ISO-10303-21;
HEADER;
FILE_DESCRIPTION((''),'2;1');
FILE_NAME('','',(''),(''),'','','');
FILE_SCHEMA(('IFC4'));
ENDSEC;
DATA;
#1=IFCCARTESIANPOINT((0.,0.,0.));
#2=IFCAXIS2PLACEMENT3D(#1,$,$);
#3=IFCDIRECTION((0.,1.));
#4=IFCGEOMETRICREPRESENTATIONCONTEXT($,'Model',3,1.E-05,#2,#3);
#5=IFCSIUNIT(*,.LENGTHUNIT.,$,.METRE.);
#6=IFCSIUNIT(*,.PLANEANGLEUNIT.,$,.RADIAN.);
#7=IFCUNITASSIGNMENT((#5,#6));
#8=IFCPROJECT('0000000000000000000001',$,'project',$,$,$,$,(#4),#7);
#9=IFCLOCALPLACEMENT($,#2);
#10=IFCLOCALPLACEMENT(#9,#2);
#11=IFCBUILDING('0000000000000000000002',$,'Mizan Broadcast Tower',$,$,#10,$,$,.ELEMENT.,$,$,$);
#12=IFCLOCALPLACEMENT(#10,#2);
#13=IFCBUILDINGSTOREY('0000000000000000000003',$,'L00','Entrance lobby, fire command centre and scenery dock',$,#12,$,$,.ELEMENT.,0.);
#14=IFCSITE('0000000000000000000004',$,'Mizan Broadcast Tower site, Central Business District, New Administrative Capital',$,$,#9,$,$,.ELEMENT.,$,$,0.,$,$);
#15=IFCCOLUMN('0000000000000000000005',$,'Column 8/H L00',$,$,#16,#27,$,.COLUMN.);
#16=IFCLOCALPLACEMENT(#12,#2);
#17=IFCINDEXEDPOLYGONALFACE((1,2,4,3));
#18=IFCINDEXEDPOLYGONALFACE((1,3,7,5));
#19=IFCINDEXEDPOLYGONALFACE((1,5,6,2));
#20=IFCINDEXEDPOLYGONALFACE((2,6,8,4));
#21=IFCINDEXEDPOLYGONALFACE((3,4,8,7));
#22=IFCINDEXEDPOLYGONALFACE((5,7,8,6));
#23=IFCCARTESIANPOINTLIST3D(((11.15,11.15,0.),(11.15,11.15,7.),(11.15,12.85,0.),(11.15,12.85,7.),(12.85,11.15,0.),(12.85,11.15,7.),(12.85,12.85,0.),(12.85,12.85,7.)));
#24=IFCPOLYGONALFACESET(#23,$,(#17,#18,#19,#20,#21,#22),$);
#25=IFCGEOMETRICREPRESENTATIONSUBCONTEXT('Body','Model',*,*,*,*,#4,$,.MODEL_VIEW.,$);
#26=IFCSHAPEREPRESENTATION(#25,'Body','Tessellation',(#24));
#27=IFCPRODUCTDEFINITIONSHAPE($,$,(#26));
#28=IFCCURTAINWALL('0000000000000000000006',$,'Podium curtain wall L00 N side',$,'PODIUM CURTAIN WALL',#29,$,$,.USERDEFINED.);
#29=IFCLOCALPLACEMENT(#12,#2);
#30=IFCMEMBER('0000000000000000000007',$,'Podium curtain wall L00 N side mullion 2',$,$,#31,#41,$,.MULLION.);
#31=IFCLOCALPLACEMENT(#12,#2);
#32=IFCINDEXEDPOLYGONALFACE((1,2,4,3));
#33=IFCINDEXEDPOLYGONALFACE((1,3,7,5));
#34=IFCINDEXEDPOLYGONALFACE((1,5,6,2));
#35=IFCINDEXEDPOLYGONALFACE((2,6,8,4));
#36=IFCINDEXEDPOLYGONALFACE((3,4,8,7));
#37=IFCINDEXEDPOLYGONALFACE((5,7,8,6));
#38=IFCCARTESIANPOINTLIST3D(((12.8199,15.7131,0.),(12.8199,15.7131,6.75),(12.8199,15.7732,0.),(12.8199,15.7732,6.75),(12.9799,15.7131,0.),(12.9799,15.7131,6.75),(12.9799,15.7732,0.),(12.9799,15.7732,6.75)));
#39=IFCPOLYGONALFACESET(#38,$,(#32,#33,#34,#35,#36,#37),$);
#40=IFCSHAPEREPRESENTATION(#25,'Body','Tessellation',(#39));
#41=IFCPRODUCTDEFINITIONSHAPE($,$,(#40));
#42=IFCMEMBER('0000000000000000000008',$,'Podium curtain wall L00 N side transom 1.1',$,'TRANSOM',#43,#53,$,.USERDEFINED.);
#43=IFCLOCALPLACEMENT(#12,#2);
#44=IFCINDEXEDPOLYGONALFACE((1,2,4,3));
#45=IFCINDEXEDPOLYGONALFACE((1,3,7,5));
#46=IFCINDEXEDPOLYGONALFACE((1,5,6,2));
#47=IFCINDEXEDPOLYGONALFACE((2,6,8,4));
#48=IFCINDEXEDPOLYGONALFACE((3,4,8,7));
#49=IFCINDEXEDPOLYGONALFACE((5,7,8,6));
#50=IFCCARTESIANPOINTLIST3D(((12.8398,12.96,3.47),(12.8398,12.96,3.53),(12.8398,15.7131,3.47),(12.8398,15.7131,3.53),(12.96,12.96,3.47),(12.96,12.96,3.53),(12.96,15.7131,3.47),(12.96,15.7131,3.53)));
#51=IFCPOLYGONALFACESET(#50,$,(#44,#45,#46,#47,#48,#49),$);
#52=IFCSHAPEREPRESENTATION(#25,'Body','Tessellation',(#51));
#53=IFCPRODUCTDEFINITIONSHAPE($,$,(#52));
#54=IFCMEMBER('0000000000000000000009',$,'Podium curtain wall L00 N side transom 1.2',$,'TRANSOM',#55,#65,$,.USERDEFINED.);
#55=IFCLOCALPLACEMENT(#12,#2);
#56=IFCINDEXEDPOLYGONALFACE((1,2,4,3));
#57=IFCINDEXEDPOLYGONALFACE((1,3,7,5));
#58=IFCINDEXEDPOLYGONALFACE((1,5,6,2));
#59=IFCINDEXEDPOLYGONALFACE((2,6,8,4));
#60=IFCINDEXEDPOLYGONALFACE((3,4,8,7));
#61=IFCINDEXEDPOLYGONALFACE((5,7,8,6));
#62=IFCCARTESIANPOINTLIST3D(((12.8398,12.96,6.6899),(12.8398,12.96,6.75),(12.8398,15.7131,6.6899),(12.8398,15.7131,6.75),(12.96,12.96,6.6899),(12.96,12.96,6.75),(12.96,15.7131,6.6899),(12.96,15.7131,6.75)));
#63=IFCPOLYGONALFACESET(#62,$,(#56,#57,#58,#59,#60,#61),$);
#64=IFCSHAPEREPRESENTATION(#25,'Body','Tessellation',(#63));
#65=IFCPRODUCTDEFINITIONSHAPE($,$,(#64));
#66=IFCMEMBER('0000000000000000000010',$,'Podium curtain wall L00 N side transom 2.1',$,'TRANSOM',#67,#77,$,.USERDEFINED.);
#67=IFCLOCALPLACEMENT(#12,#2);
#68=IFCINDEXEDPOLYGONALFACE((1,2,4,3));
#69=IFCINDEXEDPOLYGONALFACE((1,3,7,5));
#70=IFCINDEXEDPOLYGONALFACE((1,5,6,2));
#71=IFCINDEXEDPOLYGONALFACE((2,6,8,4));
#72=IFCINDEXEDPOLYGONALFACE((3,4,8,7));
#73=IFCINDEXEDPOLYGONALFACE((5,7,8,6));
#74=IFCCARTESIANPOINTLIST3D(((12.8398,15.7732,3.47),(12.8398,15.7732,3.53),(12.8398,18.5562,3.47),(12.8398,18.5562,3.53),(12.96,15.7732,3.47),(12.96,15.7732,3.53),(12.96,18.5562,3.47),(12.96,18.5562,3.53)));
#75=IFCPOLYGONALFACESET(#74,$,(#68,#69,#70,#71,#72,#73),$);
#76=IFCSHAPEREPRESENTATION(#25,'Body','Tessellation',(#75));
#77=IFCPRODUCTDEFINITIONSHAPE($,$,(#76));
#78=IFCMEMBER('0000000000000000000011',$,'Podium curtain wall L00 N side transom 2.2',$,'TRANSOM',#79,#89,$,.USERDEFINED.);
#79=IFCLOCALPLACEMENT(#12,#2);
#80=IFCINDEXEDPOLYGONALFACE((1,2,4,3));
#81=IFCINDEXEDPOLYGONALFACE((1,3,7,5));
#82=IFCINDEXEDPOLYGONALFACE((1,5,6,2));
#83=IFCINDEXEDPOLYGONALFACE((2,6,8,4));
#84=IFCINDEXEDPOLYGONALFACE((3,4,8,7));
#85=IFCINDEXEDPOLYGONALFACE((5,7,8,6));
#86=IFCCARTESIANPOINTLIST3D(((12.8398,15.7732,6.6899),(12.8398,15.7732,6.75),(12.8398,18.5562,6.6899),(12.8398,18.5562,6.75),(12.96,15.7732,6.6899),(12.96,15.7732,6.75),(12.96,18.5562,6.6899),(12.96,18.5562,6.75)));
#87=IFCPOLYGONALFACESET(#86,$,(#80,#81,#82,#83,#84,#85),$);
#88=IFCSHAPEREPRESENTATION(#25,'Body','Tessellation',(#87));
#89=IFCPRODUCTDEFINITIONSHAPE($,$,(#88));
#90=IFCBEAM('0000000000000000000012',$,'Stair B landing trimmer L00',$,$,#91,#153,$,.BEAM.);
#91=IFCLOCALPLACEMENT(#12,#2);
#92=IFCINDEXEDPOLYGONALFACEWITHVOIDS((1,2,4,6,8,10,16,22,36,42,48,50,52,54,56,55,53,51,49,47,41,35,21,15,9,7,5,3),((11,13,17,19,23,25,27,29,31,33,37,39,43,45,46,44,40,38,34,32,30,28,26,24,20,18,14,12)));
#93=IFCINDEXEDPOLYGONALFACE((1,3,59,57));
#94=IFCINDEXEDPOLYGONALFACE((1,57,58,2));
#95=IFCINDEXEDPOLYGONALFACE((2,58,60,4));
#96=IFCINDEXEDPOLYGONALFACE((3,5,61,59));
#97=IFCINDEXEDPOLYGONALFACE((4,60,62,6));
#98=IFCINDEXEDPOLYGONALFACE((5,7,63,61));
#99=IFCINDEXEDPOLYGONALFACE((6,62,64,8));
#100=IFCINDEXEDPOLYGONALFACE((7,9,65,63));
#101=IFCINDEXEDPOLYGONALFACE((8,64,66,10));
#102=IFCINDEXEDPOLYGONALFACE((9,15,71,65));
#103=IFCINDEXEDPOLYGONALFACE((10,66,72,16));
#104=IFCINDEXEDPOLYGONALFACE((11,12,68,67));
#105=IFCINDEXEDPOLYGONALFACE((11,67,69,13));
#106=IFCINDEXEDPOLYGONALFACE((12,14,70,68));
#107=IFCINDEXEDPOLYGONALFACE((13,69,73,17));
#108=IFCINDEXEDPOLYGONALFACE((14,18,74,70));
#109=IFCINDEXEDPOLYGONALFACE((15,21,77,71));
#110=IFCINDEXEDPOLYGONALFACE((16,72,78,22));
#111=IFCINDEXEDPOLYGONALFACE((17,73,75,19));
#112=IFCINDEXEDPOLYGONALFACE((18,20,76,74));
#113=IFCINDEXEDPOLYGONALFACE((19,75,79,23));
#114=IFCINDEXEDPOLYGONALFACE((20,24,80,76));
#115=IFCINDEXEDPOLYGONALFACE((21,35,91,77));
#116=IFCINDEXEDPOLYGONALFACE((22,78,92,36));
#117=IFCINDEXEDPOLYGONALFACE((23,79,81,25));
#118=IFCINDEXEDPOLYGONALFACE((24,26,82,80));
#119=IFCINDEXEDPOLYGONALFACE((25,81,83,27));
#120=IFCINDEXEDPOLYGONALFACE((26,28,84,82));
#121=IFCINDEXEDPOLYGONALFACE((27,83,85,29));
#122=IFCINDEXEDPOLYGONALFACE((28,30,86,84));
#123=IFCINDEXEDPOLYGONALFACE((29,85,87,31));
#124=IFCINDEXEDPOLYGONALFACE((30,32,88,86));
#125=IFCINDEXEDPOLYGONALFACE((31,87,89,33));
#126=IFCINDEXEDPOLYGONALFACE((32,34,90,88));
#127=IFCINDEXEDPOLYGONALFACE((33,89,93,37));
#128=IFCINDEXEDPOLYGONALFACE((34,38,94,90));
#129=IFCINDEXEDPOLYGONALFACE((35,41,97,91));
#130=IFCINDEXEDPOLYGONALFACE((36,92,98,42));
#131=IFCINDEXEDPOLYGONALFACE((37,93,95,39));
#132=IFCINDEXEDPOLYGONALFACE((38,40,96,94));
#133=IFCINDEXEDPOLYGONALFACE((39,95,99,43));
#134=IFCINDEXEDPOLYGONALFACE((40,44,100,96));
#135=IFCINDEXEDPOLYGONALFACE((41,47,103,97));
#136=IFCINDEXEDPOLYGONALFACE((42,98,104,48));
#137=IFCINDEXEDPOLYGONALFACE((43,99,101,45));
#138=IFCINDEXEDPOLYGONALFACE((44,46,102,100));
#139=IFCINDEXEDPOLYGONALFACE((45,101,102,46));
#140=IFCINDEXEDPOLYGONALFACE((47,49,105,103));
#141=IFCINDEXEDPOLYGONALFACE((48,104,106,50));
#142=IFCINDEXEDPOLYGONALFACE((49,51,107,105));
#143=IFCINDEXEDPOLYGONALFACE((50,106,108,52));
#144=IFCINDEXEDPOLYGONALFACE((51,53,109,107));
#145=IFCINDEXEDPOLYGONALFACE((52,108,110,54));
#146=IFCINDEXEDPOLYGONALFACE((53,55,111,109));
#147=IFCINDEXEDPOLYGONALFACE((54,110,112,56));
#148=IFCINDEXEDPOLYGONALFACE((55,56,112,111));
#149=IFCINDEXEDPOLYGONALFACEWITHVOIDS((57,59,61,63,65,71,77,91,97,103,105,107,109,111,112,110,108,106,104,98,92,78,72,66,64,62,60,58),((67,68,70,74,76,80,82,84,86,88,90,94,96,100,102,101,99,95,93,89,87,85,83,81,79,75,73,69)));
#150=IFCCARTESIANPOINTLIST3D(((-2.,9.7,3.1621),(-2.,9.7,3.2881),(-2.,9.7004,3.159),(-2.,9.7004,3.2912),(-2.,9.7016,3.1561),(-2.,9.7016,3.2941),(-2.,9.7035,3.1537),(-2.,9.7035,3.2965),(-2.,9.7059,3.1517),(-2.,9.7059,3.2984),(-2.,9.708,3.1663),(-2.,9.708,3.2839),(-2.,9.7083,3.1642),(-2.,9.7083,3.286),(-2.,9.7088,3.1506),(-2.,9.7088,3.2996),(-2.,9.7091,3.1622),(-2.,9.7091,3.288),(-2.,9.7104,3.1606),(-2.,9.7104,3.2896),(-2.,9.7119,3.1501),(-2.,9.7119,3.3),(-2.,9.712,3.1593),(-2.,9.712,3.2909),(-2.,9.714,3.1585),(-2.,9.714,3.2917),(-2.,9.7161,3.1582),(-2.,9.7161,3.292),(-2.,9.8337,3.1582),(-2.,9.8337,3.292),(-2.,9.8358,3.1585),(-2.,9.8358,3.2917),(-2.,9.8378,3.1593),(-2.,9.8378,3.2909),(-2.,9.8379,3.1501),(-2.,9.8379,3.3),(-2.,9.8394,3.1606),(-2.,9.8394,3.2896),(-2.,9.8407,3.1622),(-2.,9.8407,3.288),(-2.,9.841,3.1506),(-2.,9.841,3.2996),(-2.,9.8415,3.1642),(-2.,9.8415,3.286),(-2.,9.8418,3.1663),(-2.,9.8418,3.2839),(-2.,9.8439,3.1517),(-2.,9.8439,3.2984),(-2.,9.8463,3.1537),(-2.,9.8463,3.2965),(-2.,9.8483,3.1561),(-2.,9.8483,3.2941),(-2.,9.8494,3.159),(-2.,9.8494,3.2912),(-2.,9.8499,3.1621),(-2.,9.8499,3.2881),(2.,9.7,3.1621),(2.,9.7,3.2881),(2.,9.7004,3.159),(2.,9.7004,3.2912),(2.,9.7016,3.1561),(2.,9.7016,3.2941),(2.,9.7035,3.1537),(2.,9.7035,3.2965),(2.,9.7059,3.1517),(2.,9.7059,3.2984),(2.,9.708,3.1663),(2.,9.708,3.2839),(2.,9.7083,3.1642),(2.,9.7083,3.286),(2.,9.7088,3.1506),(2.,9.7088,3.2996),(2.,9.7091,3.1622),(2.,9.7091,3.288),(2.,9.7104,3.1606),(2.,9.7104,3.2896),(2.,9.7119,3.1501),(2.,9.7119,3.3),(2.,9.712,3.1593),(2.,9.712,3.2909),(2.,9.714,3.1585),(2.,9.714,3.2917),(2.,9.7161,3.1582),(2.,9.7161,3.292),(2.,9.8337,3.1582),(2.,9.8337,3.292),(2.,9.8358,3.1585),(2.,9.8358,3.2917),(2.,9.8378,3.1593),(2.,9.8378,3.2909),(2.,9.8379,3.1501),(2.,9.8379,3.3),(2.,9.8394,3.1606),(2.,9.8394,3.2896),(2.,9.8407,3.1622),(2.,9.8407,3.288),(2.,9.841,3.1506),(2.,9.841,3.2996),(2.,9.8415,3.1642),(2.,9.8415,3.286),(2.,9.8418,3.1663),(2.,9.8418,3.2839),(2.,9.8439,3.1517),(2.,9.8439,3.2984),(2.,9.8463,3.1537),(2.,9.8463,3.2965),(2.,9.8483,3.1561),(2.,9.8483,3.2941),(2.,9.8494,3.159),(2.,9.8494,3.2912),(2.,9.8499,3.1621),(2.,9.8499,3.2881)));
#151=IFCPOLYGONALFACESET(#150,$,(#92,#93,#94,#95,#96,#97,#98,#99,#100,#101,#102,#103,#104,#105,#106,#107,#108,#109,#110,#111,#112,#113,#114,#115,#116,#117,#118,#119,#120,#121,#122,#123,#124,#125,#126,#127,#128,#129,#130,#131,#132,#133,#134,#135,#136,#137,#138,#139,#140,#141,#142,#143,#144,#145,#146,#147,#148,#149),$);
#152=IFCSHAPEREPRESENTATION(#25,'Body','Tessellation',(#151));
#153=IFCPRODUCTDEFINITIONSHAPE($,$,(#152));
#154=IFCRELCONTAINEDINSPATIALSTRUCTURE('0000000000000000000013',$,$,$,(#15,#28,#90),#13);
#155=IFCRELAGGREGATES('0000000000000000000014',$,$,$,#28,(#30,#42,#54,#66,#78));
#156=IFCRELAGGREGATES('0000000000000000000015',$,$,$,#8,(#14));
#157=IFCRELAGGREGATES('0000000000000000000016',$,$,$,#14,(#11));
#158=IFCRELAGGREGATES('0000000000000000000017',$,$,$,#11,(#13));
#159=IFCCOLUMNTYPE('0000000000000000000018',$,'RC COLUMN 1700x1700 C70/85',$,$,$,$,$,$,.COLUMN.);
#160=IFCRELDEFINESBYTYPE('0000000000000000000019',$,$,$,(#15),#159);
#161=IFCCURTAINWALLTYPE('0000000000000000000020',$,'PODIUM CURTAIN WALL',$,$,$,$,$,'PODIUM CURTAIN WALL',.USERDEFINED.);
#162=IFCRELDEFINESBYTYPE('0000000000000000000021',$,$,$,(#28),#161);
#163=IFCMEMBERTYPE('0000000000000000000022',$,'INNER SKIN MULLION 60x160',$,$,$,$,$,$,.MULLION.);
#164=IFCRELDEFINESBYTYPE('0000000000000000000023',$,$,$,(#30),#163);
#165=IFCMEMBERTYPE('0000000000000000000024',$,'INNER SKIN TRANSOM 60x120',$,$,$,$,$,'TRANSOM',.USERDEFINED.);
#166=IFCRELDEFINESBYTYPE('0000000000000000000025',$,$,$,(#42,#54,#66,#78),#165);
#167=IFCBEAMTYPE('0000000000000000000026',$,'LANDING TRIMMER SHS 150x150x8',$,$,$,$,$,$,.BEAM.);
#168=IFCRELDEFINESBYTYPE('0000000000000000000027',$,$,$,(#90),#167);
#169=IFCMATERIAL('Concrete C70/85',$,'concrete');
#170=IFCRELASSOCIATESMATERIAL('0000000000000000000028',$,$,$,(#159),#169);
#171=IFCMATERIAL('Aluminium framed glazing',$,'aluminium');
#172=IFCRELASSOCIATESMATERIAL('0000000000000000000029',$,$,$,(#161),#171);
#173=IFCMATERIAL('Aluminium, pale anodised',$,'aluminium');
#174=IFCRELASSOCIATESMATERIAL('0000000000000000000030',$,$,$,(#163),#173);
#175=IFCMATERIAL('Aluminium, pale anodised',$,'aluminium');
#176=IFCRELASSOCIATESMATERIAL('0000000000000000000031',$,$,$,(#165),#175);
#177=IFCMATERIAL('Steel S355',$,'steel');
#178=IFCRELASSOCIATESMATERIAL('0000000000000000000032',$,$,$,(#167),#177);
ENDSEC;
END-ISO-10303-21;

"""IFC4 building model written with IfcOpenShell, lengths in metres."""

from ifc_helpers import new_model, si_unit, direction, frame, origin, origin_2d, place, context, subcontext, project, spatial, rectangle, hollow_rectangle, extrude, material, material_profile, profile_set, type_object, element, aggregate, save


model = new_model("IFC4")

# Units and contexts
model_context = context("Model", 3, precision=1e-05, world=origin(), true_north=direction((0.0, 1.0)))
body_context = subcontext(model_context, "Body", "Model", "MODEL_VIEW")
ifc_project = project(units=[si_unit("LENGTHUNIT", "METRE"), si_unit("PLANEANGLEUNIT", "RADIAN")], contexts=[model_context])

# Site, building, storey
site_placement = place(None, origin())
site = spatial("IfcSite", under=ifc_project, at=site_placement, Name="Mizan Broadcast Tower site, Central Business District, New Administrative Capital", CompositionType="ELEMENT", RefElevation=0.0)
building_placement = place(site_placement, origin())
building = spatial("IfcBuilding", under=site, at=building_placement, Name="Mizan Broadcast Tower", CompositionType="ELEMENT")
storey_placement = place(building_placement, origin())
storey = spatial("IfcBuildingStorey", under=building, at=storey_placement, Name="L00", Description="Entrance lobby, fire command centre and scenery dock", CompositionType="ELEMENT", Elevation=0.0)

# Column
ifc_material_1 = material(Name="Concrete C70/85", Category="concrete")
ifc_material_profile_1 = material_profile(ifc_material_1, rectangle(XDim=1.7, YDim=1.7, at=origin_2d()), Name="RC 1700x1700")
ifc_profile_set_1 = profile_set([ifc_material_profile_1], Name="Concrete C70/85")
column_type = type_object("IfcColumnType", Name="RC COLUMN 1700x1700 C70/85", PredefinedType="COLUMN", material=ifc_profile_set_1)
column_placement = place(storey_placement, frame((12.0, 12.0, 0.0), z_axis=(0.0, 0.0, 1.0), x_axis=(1.0, 0.0, 0.0)))
element("IfcColumn", 1, at=column_placement, inside=storey, type_object=column_type, Name="Column 8/H L00", PredefinedType="COLUMN", context=body_context, shape_type="SweptSolid", body=[
    extrude(rectangle(XDim=1.7, YDim=1.7, at=origin_2d()), origin(), (0.0, 0.0, 1.0), 7.0),
])

# Curtain wall, members
ifc_material_2 = material(Name="Aluminium framed glazing", Category="aluminium")
curtain_wall_type = type_object("IfcCurtainWallType", Name="PODIUM CURTAIN WALL", ElementType="PODIUM CURTAIN WALL", PredefinedType="USERDEFINED", material=ifc_material_2)
curtain_wall_placement = place(storey_placement, origin())
curtain_wall = element("IfcCurtainWall", 2, at=curtain_wall_placement, inside=storey, type_object=curtain_wall_type, Name="Podium curtain wall L00 N side", ObjectType="PODIUM CURTAIN WALL", PredefinedType="USERDEFINED")
ifc_material_3 = material(Name="Aluminium, pale anodised", Category="aluminium")
ifc_material_profile_2 = material_profile(ifc_material_3, rectangle(XDim=0.1599, YDim=0.0601, at=origin_2d()), Name="MULLION 160x60")
ifc_profile_set_2 = profile_set([ifc_material_profile_2], Name="Aluminium, pale anodised")
member_type_1 = type_object("IfcMemberType", Name="INNER SKIN MULLION 60x160", PredefinedType="MULLION", material=ifc_profile_set_2)
member_1_placement = place(storey_placement, frame((12.8999, 15.7432, 0.0), z_axis=(0.0, 0.0, 1.0), x_axis=(-1.0, 0.0, 0.0)))
member_1 = element("IfcMember", 3, at=member_1_placement, type_object=member_type_1, Name="Podium curtain wall L00 N side mullion 2", PredefinedType="MULLION", context=body_context, shape_type="SweptSolid", body=[
    extrude(rectangle(XDim=0.1599, YDim=0.0601, at=origin_2d()), origin(), (0.0, 0.0, 1.0), 6.75),
])
ifc_material_4 = material(Name="Aluminium, pale anodised", Category="aluminium")
ifc_material_profile_3 = material_profile(ifc_material_4, rectangle(XDim=0.1201, YDim=0.0601, at=origin_2d()), Name="TRANSOM 120x60")
ifc_profile_set_3 = profile_set([ifc_material_profile_3], Name="Aluminium, pale anodised")
member_type_2 = type_object("IfcMemberType", Name="INNER SKIN TRANSOM 60x120", ElementType="TRANSOM", PredefinedType="USERDEFINED", material=ifc_profile_set_3)
member_2_placement = place(storey_placement, frame((12.8999, 12.96, 3.5), z_axis=(0.0, 1.0, 0.0), x_axis=(-1.0, 0.0, 0.0)))
member_2 = element("IfcMember", 4, at=member_2_placement, type_object=member_type_2, Name="Podium curtain wall L00 N side transom 1.1", ObjectType="TRANSOM", PredefinedType="USERDEFINED", context=body_context, shape_type="SweptSolid", body=[
    extrude(rectangle(XDim=0.1201, YDim=0.0601, at=origin_2d()), origin(), (0.0, 0.0, 1.0), 2.7532),
])
member_3_placement = place(storey_placement, frame((12.8999, 12.96, 6.72), z_axis=(0.0, 1.0, 0.0), x_axis=(-1.0, 0.0, 0.0)))
member_3 = element("IfcMember", 5, at=member_3_placement, type_object=member_type_2, Name="Podium curtain wall L00 N side transom 1.2", ObjectType="TRANSOM", PredefinedType="USERDEFINED", context=body_context, shape_type="SweptSolid", body=[
    extrude(rectangle(XDim=0.1201, YDim=0.0601, at=origin_2d()), origin(), (0.0, 0.0, 1.0), 2.7532),
])
member_4_placement = place(storey_placement, frame((12.8999, 15.7732, 3.5), z_axis=(0.0, 1.0, 0.0), x_axis=(-1.0, 0.0, 0.0)))
member_4 = element("IfcMember", 6, at=member_4_placement, type_object=member_type_2, Name="Podium curtain wall L00 N side transom 2.1", ObjectType="TRANSOM", PredefinedType="USERDEFINED", context=body_context, shape_type="SweptSolid", body=[
    extrude(rectangle(XDim=0.1201, YDim=0.0601, at=origin_2d()), origin(), (0.0, 0.0, 1.0), 2.783),
])
member_5_placement = place(storey_placement, frame((12.8999, 15.7732, 6.72), z_axis=(0.0, 1.0, 0.0), x_axis=(-1.0, 0.0, 0.0)))
member_5 = element("IfcMember", 7, at=member_5_placement, type_object=member_type_2, Name="Podium curtain wall L00 N side transom 2.2", ObjectType="TRANSOM", PredefinedType="USERDEFINED", context=body_context, shape_type="SweptSolid", body=[
    extrude(rectangle(XDim=0.1201, YDim=0.0601, at=origin_2d()), origin(), (0.0, 0.0, 1.0), 2.783),
])

# Beam
ifc_material_5 = material(Name="Steel S355", Category="steel")
ifc_material_profile_4 = material_profile(ifc_material_5, hollow_rectangle(XDim=0.1499, YDim=0.1499, WallThickness=0.0081, InnerFilletRadius=0.0081, OuterFilletRadius=0.012, at=origin_2d()), Name="SHS 150x150x8")
ifc_profile_set_4 = profile_set([ifc_material_profile_4], Name="Steel S355")
beam_type = type_object("IfcBeamType", Name="LANDING TRIMMER SHS 150x150x8", PredefinedType="BEAM", material=ifc_profile_set_4)
for number, where, z_axis, x_axis, name in (
    (8, (2.0, 9.7749, 3.2251), (-1.0, 0.0, 0.0), (0.0, -1.0, 0.0), "Stair B landing trimmer L00"),
):
    element("IfcBeam", number, at=place(storey_placement, frame(where, z_axis=z_axis, x_axis=x_axis)), inside=storey, type_object=beam_type, Name=name, PredefinedType="BEAM", context=body_context, shape_type="SweptSolid", body=[
        extrude(hollow_rectangle(XDim=0.1499, YDim=0.1499, WallThickness=0.0081, InnerFilletRadius=0.0081, OuterFilletRadius=0.012, at=origin_2d()), origin(), (0.0, 0.0, 1.0), 4.0),
    ])

aggregate(curtain_wall, [member_1, member_2, member_3, member_4, member_5])

save(model, "model.ifc")
